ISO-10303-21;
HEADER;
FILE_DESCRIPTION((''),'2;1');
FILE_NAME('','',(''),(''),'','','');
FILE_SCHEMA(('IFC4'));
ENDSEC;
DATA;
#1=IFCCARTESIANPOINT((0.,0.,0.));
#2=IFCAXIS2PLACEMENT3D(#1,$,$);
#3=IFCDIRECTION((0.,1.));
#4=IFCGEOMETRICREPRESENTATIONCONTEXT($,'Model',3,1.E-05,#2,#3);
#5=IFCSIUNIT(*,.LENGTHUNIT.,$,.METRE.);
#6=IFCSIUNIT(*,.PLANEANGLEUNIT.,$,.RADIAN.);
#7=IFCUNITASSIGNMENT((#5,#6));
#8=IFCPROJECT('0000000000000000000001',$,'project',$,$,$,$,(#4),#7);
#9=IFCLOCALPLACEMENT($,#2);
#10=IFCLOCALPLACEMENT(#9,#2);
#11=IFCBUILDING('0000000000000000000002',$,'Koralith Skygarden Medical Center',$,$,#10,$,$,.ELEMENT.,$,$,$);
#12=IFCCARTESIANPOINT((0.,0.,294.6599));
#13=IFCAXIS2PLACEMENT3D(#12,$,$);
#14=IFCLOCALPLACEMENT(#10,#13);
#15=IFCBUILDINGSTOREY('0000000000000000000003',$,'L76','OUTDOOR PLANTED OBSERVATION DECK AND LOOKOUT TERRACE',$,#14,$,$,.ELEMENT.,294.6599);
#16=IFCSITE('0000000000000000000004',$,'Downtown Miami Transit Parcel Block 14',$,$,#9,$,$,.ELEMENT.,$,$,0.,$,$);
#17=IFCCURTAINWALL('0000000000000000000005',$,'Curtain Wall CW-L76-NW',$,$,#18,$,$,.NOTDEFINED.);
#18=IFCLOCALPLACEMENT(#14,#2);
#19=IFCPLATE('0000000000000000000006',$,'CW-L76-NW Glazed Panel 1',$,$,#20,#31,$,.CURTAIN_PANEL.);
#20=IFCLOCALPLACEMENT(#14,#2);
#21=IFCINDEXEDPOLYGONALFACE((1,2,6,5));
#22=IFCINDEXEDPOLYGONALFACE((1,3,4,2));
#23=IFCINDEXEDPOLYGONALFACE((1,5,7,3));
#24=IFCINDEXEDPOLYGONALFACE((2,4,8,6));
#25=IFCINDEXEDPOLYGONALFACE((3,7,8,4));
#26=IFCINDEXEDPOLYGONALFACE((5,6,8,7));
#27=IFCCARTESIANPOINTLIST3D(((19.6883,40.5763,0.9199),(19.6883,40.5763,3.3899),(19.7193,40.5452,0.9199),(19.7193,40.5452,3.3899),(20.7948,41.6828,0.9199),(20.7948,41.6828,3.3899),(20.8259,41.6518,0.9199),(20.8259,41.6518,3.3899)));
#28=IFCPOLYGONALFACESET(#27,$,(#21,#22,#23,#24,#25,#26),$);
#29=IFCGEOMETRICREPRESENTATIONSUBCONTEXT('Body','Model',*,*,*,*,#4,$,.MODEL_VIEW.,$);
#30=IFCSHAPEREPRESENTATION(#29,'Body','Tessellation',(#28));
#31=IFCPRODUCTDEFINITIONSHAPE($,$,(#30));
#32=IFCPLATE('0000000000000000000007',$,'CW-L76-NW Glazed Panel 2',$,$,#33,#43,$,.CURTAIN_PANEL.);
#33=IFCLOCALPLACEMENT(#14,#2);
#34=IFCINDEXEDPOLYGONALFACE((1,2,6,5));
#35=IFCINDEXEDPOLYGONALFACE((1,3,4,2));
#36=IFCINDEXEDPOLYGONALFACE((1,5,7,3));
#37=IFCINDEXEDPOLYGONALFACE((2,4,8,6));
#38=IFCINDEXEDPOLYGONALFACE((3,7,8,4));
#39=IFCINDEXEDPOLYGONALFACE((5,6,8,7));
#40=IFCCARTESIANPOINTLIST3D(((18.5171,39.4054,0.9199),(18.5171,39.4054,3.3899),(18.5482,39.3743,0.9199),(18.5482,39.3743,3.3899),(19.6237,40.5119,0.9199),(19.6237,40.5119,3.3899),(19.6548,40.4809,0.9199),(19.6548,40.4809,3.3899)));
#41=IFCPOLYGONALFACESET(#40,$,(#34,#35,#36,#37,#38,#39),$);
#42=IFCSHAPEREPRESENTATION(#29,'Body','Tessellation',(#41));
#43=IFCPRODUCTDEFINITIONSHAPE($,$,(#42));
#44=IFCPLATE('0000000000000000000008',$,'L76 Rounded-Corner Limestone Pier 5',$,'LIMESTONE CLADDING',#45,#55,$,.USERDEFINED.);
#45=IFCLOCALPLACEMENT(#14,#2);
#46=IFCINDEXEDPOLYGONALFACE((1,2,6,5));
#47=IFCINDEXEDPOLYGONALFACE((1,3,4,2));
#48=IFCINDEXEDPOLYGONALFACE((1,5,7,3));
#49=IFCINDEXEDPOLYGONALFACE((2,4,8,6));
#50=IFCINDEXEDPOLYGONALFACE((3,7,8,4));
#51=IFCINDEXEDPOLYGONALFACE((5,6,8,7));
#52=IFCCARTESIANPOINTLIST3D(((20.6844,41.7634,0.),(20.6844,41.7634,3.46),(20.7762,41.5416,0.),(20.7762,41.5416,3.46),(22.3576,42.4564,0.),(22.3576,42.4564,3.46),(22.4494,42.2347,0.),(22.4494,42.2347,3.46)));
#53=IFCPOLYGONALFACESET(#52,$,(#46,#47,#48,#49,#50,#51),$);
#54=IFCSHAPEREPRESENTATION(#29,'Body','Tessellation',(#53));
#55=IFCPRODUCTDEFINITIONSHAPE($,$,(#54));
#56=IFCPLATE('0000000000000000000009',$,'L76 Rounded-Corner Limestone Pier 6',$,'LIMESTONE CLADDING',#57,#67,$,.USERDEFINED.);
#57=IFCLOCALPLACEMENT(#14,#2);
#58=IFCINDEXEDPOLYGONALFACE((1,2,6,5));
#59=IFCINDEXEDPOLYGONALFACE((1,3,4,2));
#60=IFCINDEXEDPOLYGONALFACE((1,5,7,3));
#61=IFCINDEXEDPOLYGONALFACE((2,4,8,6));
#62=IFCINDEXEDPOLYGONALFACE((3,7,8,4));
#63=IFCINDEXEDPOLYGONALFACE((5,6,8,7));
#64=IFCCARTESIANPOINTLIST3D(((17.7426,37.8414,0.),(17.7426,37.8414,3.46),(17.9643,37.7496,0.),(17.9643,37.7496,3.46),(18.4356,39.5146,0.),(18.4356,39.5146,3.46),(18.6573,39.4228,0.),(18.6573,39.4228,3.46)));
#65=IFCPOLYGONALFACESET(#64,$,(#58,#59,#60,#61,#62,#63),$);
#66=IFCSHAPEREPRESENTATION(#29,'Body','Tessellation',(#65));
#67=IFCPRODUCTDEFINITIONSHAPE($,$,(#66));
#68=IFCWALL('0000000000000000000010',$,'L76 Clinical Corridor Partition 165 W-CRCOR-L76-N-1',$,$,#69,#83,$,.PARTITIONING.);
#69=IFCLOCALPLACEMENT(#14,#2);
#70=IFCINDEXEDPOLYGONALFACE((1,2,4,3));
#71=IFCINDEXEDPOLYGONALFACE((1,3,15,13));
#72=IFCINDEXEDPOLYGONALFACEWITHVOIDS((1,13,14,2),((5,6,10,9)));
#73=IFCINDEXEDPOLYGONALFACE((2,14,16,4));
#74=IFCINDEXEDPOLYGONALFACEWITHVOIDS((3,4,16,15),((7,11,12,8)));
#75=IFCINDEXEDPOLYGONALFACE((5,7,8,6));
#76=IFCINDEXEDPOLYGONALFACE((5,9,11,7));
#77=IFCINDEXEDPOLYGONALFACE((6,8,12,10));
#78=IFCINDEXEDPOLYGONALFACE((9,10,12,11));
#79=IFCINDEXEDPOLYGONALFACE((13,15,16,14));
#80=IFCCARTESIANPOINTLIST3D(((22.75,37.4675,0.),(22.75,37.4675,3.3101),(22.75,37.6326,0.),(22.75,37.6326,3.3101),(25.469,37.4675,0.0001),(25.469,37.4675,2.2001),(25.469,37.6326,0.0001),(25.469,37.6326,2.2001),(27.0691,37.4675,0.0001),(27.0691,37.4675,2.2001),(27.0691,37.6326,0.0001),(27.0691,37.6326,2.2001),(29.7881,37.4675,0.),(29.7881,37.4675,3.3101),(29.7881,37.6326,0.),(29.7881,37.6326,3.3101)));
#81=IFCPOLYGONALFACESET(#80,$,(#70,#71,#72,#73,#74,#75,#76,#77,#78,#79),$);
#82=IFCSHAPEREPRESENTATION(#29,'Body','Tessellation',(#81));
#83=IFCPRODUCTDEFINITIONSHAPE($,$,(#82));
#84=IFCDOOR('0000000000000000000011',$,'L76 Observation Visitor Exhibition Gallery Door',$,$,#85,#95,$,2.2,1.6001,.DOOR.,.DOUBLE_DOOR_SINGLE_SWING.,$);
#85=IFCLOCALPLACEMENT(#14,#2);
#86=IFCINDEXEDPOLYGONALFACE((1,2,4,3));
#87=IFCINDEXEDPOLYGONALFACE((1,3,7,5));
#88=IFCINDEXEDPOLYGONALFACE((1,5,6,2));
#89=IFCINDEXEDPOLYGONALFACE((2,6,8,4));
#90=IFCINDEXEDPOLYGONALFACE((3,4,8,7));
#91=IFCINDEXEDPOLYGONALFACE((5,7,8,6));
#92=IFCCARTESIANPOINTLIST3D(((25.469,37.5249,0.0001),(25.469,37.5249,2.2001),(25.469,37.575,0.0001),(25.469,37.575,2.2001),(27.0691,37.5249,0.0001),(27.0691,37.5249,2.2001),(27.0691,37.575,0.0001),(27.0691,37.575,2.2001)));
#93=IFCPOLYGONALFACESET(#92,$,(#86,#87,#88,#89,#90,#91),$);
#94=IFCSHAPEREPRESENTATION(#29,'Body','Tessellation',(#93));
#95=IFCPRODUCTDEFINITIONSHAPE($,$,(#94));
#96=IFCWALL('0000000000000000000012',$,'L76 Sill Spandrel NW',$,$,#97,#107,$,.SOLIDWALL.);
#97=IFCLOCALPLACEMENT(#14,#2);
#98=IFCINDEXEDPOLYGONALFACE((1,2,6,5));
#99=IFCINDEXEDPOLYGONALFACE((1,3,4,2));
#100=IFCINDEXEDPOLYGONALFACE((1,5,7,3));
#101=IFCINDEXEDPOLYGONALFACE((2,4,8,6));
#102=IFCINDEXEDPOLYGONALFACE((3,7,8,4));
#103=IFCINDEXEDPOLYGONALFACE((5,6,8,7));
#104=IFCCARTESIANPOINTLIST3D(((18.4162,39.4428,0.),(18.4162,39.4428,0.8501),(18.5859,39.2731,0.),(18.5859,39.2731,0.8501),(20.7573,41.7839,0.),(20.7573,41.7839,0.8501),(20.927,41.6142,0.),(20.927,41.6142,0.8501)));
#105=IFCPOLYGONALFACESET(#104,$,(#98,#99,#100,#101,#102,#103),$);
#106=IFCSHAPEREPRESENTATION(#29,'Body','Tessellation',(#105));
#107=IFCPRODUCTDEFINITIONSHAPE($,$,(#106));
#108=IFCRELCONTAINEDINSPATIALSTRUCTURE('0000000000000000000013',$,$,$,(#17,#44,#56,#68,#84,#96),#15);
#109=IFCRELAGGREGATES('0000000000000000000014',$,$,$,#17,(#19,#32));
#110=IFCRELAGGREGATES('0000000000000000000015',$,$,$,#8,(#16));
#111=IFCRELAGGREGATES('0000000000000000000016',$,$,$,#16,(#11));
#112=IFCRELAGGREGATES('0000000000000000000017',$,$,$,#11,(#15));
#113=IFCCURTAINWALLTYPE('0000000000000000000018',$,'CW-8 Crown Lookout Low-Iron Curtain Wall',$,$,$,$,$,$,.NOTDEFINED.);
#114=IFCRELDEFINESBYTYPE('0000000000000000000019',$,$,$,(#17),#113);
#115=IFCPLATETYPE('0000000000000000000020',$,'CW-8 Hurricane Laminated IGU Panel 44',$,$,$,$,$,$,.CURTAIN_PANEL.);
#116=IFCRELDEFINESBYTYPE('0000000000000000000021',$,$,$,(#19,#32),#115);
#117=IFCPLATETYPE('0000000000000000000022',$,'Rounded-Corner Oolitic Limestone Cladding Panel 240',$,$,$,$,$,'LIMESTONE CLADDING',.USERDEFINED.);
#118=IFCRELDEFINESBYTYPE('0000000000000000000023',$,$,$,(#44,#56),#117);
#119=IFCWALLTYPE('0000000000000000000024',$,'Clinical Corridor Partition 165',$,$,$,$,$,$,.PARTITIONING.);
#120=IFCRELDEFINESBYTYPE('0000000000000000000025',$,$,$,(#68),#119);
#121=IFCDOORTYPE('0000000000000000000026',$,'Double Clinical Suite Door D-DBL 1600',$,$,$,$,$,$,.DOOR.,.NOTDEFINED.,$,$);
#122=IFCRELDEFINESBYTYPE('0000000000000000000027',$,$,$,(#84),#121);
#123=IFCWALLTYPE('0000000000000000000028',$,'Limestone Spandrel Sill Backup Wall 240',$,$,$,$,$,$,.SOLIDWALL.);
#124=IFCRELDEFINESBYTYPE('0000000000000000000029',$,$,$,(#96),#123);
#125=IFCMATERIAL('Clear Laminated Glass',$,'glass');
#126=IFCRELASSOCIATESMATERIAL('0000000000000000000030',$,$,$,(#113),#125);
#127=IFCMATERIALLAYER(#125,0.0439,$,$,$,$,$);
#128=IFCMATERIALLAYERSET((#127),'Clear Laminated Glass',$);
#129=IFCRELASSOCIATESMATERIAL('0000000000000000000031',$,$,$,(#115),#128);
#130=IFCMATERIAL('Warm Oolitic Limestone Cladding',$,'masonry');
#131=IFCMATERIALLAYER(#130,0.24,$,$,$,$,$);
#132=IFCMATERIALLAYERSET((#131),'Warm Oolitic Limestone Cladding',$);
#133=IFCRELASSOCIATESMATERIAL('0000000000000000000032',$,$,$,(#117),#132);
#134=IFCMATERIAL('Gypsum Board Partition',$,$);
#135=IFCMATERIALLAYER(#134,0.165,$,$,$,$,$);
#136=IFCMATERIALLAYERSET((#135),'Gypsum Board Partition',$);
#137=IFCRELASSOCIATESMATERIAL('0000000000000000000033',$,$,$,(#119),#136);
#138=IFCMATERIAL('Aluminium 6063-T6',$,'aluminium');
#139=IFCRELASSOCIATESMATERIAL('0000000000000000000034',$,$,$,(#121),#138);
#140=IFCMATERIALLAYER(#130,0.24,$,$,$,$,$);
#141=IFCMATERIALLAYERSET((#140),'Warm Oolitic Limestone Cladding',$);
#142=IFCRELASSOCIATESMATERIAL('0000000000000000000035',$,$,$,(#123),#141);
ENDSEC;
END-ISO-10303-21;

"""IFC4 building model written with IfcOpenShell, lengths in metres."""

from ifc_helpers import new_model, si_unit, direction, frame, frame_2d, origin, origin_2d, place, context, subcontext, project, spatial, rectangle, extrude, material, layer, layer_set, type_object, element, fill, aggregate, save


model = new_model("IFC4")

# Units and contexts
model_context = context("Model", 3, precision=1e-05, world=origin(), true_north=direction((0.0, 1.0)))
body_context = subcontext(model_context, "Body", "Model", "MODEL_VIEW")
ifc_project = project(units=[si_unit("LENGTHUNIT", "METRE"), si_unit("PLANEANGLEUNIT", "RADIAN")], contexts=[model_context])

# Site, building, storey
site_placement = place(None, origin())
site = spatial("IfcSite", under=ifc_project, at=site_placement, Name="Downtown Miami Transit Parcel Block 14", CompositionType="ELEMENT", RefElevation=0.0)
building_placement = place(site_placement, origin())
building = spatial("IfcBuilding", under=site, at=building_placement, Name="Koralith Skygarden Medical Center", CompositionType="ELEMENT")
storey_placement = place(building_placement, frame((0.0, 0.0, 294.6599)))
storey = spatial("IfcBuildingStorey", under=building, at=storey_placement, Name="L76", Description="OUTDOOR PLANTED OBSERVATION DECK AND LOOKOUT TERRACE", CompositionType="ELEMENT", Elevation=294.6599)

# Shared definitions
ifc_material_1 = material(Name="Clear Laminated Glass", Category="glass")
curtain_wall_type = type_object("IfcCurtainWallType", Name="CW-8 Crown Lookout Low-Iron Curtain Wall", PredefinedType="NOTDEFINED", material=ifc_material_1)
ifc_material_2 = material(Name="Aluminium 6063-T6", Category="aluminium")

# Curtain wall
curtain_wall_1_placement = place(storey_placement, origin())
curtain_wall_1 = element("IfcCurtainWall", 1, at=curtain_wall_1_placement, inside=storey, type_object=curtain_wall_type, Name="Curtain Wall CW-L76-NW", PredefinedType="NOTDEFINED")

# Plates
ifc_layer_1 = layer(ifc_material_1, 0.0439)
ifc_layer_set_1 = layer_set([ifc_layer_1], Name="Clear Laminated Glass")
plate_type_1 = type_object("IfcPlateType", Name="CW-8 Hurricane Laminated IGU Panel 44", PredefinedType="CURTAIN_PANEL", material=ifc_layer_set_1)
plate_1_placement = place(storey_placement, frame((20.2571, 41.114, 0.9199), z_axis=(0.0, 0.0, 1.0), x_axis=(-0.707107, -0.707107, 0.0)))
plate_1 = element("IfcPlate", 2, at=plate_1_placement, type_object=plate_type_1, Name="CW-L76-NW Glazed Panel 1", PredefinedType="CURTAIN_PANEL", context=body_context, shape_type="SweptSolid", body=[
    extrude(rectangle(XDim=1.5649, YDim=0.0439, at=origin_2d()), origin(), (0.0, 0.0, 1.0), 2.47),
])
plate_2_placement = place(storey_placement, frame((19.0859, 39.9431, 0.9199), z_axis=(0.0, 0.0, 1.0), x_axis=(-0.707107, -0.707107, 0.0)))
plate_2 = element("IfcPlate", 3, at=plate_2_placement, type_object=plate_type_1, Name="CW-L76-NW Glazed Panel 2", PredefinedType="CURTAIN_PANEL", context=body_context, shape_type="SweptSolid", body=[
    extrude(rectangle(XDim=1.5649, YDim=0.0439, at=origin_2d()), origin(), (0.0, 0.0, 1.0), 2.47),
])
aggregate(curtain_wall_1, [plate_1, plate_2])

# Plates
ifc_material_3 = material(Name="Warm Oolitic Limestone Cladding", Category="masonry")
ifc_layer_2 = layer(ifc_material_3, 0.24)
ifc_layer_set_2 = layer_set([ifc_layer_2], Name="Warm Oolitic Limestone Cladding")
plate_type_2 = type_object("IfcPlateType", Name="Rounded-Corner Oolitic Limestone Cladding Panel 240", ElementType="LIMESTONE CLADDING", PredefinedType="USERDEFINED", material=ifc_layer_set_2)
for number, where, z_axis, x_axis, name in (
    (4, (21.5669, 41.999, 0.0), (0.0, 0.0, 1.0), (-0.923885, -0.382671, 0.0), "L76 Rounded-Corner Limestone Pier 5"),
    (5, (18.2, 38.6321, 0.0), (0.0, 0.0, 1.0), (-0.382671, -0.923885, 0.0), "L76 Rounded-Corner Limestone Pier 6"),
):
    element("IfcPlate", number, at=place(storey_placement, frame(where, z_axis=z_axis, x_axis=x_axis)), inside=storey, type_object=plate_type_2, Name=name, ObjectType="LIMESTONE CLADDING", PredefinedType="USERDEFINED", context=body_context, shape_type="SweptSolid", body=[
        extrude(rectangle(XDim=1.811, YDim=0.24, at=origin_2d()), origin(), (0.0, 0.0, 1.0), 3.46),
    ])

# Wall, opening, door
ifc_material_4 = material(Name="Gypsum Board Partition")
ifc_layer_3 = layer(ifc_material_4, 0.165)
ifc_layer_set_3 = layer_set([ifc_layer_3], Name="Gypsum Board Partition")
wall_type_1 = type_object("IfcWallType", Name="Clinical Corridor Partition 165", PredefinedType="PARTITIONING", material=ifc_layer_set_3)
wall_1_placement = place(storey_placement, frame((22.75, 37.55, 0.0), z_axis=(0.0, 0.0, 1.0), x_axis=(1.0, 0.0, 0.0)))
wall_1 = element("IfcWall", 6, at=wall_1_placement, inside=storey, type_object=wall_type_1, Name="L76 Clinical Corridor Partition 165 W-CRCOR-L76-N-1", PredefinedType="PARTITIONING", context=body_context, shape_type="SweptSolid", body=[
    extrude(rectangle(XDim=7.0381, YDim=0.165, at=frame_2d((3.519, 0.0))), origin(), (0.0, 0.0, 1.0), 3.3101),
])
opening_placement = place(wall_1_placement, frame((2.719, 0.0, 0.0)))
opening = element("IfcOpeningElement", 7, at=opening_placement, cuts=wall_1, PredefinedType="OPENING", context=body_context, shape_type="SweptSolid", body=[
    extrude(rectangle(XDim=1.6001, YDim=2.2, at=frame_2d((0.8, 1.1001))), frame((0.0, 0.0925, 0.0), z_axis=(0.0, -1.0, 0.0), x_axis=(1.0, 0.0, 0.0)), (0.0, 0.0, 1.0), 0.1851),
])
door_type = type_object("IfcDoorType", Name="Double Clinical Suite Door D-DBL 1600", OperationType="NOTDEFINED", PredefinedType="DOOR", material=ifc_material_2)
door_placement = place(opening_placement, origin())
door = element("IfcDoor", 8, at=door_placement, inside=storey, type_object=door_type, Name="L76 Observation Visitor Exhibition Gallery Door", OperationType="DOUBLE_DOOR_SINGLE_SWING", OverallHeight=2.2, OverallWidth=1.6001, PredefinedType="DOOR", context=body_context, shape_type="SweptSolid", body=[
    extrude(rectangle(XDim=1.6001, YDim=2.2, at=frame_2d((0.8, 1.1001))), frame((0.0, 0.0249, 0.0), z_axis=(0.0, -1.0, 0.0), x_axis=(1.0, 0.0, 0.0)), (0.0, 0.0, 1.0), 0.05),
])
fill(opening, door)

# Wall
ifc_layer_4 = layer(ifc_material_3, 0.24)
ifc_layer_set_4 = layer_set([ifc_layer_4], Name="Warm Oolitic Limestone Cladding")
wall_type_2 = type_object("IfcWallType", Name="Limestone Spandrel Sill Backup Wall 240", PredefinedType="SOLIDWALL", material=ifc_layer_set_4)
wall_2_placement = place(storey_placement, frame((20.842, 41.699, 0.0), z_axis=(0.0, 0.0, 1.0), x_axis=(-0.707107, -0.707107, 0.0)))
element("IfcWall", 9, at=wall_2_placement, inside=storey, type_object=wall_type_2, Name="L76 Sill Spandrel NW", PredefinedType="SOLIDWALL", context=body_context, shape_type="SweptSolid", body=[
    extrude(rectangle(XDim=3.3108, YDim=0.24, at=frame_2d((1.6553, 0.0))), origin(), (0.0, 0.0, 1.0), 0.8501),
])

save(model, "model.ifc")
